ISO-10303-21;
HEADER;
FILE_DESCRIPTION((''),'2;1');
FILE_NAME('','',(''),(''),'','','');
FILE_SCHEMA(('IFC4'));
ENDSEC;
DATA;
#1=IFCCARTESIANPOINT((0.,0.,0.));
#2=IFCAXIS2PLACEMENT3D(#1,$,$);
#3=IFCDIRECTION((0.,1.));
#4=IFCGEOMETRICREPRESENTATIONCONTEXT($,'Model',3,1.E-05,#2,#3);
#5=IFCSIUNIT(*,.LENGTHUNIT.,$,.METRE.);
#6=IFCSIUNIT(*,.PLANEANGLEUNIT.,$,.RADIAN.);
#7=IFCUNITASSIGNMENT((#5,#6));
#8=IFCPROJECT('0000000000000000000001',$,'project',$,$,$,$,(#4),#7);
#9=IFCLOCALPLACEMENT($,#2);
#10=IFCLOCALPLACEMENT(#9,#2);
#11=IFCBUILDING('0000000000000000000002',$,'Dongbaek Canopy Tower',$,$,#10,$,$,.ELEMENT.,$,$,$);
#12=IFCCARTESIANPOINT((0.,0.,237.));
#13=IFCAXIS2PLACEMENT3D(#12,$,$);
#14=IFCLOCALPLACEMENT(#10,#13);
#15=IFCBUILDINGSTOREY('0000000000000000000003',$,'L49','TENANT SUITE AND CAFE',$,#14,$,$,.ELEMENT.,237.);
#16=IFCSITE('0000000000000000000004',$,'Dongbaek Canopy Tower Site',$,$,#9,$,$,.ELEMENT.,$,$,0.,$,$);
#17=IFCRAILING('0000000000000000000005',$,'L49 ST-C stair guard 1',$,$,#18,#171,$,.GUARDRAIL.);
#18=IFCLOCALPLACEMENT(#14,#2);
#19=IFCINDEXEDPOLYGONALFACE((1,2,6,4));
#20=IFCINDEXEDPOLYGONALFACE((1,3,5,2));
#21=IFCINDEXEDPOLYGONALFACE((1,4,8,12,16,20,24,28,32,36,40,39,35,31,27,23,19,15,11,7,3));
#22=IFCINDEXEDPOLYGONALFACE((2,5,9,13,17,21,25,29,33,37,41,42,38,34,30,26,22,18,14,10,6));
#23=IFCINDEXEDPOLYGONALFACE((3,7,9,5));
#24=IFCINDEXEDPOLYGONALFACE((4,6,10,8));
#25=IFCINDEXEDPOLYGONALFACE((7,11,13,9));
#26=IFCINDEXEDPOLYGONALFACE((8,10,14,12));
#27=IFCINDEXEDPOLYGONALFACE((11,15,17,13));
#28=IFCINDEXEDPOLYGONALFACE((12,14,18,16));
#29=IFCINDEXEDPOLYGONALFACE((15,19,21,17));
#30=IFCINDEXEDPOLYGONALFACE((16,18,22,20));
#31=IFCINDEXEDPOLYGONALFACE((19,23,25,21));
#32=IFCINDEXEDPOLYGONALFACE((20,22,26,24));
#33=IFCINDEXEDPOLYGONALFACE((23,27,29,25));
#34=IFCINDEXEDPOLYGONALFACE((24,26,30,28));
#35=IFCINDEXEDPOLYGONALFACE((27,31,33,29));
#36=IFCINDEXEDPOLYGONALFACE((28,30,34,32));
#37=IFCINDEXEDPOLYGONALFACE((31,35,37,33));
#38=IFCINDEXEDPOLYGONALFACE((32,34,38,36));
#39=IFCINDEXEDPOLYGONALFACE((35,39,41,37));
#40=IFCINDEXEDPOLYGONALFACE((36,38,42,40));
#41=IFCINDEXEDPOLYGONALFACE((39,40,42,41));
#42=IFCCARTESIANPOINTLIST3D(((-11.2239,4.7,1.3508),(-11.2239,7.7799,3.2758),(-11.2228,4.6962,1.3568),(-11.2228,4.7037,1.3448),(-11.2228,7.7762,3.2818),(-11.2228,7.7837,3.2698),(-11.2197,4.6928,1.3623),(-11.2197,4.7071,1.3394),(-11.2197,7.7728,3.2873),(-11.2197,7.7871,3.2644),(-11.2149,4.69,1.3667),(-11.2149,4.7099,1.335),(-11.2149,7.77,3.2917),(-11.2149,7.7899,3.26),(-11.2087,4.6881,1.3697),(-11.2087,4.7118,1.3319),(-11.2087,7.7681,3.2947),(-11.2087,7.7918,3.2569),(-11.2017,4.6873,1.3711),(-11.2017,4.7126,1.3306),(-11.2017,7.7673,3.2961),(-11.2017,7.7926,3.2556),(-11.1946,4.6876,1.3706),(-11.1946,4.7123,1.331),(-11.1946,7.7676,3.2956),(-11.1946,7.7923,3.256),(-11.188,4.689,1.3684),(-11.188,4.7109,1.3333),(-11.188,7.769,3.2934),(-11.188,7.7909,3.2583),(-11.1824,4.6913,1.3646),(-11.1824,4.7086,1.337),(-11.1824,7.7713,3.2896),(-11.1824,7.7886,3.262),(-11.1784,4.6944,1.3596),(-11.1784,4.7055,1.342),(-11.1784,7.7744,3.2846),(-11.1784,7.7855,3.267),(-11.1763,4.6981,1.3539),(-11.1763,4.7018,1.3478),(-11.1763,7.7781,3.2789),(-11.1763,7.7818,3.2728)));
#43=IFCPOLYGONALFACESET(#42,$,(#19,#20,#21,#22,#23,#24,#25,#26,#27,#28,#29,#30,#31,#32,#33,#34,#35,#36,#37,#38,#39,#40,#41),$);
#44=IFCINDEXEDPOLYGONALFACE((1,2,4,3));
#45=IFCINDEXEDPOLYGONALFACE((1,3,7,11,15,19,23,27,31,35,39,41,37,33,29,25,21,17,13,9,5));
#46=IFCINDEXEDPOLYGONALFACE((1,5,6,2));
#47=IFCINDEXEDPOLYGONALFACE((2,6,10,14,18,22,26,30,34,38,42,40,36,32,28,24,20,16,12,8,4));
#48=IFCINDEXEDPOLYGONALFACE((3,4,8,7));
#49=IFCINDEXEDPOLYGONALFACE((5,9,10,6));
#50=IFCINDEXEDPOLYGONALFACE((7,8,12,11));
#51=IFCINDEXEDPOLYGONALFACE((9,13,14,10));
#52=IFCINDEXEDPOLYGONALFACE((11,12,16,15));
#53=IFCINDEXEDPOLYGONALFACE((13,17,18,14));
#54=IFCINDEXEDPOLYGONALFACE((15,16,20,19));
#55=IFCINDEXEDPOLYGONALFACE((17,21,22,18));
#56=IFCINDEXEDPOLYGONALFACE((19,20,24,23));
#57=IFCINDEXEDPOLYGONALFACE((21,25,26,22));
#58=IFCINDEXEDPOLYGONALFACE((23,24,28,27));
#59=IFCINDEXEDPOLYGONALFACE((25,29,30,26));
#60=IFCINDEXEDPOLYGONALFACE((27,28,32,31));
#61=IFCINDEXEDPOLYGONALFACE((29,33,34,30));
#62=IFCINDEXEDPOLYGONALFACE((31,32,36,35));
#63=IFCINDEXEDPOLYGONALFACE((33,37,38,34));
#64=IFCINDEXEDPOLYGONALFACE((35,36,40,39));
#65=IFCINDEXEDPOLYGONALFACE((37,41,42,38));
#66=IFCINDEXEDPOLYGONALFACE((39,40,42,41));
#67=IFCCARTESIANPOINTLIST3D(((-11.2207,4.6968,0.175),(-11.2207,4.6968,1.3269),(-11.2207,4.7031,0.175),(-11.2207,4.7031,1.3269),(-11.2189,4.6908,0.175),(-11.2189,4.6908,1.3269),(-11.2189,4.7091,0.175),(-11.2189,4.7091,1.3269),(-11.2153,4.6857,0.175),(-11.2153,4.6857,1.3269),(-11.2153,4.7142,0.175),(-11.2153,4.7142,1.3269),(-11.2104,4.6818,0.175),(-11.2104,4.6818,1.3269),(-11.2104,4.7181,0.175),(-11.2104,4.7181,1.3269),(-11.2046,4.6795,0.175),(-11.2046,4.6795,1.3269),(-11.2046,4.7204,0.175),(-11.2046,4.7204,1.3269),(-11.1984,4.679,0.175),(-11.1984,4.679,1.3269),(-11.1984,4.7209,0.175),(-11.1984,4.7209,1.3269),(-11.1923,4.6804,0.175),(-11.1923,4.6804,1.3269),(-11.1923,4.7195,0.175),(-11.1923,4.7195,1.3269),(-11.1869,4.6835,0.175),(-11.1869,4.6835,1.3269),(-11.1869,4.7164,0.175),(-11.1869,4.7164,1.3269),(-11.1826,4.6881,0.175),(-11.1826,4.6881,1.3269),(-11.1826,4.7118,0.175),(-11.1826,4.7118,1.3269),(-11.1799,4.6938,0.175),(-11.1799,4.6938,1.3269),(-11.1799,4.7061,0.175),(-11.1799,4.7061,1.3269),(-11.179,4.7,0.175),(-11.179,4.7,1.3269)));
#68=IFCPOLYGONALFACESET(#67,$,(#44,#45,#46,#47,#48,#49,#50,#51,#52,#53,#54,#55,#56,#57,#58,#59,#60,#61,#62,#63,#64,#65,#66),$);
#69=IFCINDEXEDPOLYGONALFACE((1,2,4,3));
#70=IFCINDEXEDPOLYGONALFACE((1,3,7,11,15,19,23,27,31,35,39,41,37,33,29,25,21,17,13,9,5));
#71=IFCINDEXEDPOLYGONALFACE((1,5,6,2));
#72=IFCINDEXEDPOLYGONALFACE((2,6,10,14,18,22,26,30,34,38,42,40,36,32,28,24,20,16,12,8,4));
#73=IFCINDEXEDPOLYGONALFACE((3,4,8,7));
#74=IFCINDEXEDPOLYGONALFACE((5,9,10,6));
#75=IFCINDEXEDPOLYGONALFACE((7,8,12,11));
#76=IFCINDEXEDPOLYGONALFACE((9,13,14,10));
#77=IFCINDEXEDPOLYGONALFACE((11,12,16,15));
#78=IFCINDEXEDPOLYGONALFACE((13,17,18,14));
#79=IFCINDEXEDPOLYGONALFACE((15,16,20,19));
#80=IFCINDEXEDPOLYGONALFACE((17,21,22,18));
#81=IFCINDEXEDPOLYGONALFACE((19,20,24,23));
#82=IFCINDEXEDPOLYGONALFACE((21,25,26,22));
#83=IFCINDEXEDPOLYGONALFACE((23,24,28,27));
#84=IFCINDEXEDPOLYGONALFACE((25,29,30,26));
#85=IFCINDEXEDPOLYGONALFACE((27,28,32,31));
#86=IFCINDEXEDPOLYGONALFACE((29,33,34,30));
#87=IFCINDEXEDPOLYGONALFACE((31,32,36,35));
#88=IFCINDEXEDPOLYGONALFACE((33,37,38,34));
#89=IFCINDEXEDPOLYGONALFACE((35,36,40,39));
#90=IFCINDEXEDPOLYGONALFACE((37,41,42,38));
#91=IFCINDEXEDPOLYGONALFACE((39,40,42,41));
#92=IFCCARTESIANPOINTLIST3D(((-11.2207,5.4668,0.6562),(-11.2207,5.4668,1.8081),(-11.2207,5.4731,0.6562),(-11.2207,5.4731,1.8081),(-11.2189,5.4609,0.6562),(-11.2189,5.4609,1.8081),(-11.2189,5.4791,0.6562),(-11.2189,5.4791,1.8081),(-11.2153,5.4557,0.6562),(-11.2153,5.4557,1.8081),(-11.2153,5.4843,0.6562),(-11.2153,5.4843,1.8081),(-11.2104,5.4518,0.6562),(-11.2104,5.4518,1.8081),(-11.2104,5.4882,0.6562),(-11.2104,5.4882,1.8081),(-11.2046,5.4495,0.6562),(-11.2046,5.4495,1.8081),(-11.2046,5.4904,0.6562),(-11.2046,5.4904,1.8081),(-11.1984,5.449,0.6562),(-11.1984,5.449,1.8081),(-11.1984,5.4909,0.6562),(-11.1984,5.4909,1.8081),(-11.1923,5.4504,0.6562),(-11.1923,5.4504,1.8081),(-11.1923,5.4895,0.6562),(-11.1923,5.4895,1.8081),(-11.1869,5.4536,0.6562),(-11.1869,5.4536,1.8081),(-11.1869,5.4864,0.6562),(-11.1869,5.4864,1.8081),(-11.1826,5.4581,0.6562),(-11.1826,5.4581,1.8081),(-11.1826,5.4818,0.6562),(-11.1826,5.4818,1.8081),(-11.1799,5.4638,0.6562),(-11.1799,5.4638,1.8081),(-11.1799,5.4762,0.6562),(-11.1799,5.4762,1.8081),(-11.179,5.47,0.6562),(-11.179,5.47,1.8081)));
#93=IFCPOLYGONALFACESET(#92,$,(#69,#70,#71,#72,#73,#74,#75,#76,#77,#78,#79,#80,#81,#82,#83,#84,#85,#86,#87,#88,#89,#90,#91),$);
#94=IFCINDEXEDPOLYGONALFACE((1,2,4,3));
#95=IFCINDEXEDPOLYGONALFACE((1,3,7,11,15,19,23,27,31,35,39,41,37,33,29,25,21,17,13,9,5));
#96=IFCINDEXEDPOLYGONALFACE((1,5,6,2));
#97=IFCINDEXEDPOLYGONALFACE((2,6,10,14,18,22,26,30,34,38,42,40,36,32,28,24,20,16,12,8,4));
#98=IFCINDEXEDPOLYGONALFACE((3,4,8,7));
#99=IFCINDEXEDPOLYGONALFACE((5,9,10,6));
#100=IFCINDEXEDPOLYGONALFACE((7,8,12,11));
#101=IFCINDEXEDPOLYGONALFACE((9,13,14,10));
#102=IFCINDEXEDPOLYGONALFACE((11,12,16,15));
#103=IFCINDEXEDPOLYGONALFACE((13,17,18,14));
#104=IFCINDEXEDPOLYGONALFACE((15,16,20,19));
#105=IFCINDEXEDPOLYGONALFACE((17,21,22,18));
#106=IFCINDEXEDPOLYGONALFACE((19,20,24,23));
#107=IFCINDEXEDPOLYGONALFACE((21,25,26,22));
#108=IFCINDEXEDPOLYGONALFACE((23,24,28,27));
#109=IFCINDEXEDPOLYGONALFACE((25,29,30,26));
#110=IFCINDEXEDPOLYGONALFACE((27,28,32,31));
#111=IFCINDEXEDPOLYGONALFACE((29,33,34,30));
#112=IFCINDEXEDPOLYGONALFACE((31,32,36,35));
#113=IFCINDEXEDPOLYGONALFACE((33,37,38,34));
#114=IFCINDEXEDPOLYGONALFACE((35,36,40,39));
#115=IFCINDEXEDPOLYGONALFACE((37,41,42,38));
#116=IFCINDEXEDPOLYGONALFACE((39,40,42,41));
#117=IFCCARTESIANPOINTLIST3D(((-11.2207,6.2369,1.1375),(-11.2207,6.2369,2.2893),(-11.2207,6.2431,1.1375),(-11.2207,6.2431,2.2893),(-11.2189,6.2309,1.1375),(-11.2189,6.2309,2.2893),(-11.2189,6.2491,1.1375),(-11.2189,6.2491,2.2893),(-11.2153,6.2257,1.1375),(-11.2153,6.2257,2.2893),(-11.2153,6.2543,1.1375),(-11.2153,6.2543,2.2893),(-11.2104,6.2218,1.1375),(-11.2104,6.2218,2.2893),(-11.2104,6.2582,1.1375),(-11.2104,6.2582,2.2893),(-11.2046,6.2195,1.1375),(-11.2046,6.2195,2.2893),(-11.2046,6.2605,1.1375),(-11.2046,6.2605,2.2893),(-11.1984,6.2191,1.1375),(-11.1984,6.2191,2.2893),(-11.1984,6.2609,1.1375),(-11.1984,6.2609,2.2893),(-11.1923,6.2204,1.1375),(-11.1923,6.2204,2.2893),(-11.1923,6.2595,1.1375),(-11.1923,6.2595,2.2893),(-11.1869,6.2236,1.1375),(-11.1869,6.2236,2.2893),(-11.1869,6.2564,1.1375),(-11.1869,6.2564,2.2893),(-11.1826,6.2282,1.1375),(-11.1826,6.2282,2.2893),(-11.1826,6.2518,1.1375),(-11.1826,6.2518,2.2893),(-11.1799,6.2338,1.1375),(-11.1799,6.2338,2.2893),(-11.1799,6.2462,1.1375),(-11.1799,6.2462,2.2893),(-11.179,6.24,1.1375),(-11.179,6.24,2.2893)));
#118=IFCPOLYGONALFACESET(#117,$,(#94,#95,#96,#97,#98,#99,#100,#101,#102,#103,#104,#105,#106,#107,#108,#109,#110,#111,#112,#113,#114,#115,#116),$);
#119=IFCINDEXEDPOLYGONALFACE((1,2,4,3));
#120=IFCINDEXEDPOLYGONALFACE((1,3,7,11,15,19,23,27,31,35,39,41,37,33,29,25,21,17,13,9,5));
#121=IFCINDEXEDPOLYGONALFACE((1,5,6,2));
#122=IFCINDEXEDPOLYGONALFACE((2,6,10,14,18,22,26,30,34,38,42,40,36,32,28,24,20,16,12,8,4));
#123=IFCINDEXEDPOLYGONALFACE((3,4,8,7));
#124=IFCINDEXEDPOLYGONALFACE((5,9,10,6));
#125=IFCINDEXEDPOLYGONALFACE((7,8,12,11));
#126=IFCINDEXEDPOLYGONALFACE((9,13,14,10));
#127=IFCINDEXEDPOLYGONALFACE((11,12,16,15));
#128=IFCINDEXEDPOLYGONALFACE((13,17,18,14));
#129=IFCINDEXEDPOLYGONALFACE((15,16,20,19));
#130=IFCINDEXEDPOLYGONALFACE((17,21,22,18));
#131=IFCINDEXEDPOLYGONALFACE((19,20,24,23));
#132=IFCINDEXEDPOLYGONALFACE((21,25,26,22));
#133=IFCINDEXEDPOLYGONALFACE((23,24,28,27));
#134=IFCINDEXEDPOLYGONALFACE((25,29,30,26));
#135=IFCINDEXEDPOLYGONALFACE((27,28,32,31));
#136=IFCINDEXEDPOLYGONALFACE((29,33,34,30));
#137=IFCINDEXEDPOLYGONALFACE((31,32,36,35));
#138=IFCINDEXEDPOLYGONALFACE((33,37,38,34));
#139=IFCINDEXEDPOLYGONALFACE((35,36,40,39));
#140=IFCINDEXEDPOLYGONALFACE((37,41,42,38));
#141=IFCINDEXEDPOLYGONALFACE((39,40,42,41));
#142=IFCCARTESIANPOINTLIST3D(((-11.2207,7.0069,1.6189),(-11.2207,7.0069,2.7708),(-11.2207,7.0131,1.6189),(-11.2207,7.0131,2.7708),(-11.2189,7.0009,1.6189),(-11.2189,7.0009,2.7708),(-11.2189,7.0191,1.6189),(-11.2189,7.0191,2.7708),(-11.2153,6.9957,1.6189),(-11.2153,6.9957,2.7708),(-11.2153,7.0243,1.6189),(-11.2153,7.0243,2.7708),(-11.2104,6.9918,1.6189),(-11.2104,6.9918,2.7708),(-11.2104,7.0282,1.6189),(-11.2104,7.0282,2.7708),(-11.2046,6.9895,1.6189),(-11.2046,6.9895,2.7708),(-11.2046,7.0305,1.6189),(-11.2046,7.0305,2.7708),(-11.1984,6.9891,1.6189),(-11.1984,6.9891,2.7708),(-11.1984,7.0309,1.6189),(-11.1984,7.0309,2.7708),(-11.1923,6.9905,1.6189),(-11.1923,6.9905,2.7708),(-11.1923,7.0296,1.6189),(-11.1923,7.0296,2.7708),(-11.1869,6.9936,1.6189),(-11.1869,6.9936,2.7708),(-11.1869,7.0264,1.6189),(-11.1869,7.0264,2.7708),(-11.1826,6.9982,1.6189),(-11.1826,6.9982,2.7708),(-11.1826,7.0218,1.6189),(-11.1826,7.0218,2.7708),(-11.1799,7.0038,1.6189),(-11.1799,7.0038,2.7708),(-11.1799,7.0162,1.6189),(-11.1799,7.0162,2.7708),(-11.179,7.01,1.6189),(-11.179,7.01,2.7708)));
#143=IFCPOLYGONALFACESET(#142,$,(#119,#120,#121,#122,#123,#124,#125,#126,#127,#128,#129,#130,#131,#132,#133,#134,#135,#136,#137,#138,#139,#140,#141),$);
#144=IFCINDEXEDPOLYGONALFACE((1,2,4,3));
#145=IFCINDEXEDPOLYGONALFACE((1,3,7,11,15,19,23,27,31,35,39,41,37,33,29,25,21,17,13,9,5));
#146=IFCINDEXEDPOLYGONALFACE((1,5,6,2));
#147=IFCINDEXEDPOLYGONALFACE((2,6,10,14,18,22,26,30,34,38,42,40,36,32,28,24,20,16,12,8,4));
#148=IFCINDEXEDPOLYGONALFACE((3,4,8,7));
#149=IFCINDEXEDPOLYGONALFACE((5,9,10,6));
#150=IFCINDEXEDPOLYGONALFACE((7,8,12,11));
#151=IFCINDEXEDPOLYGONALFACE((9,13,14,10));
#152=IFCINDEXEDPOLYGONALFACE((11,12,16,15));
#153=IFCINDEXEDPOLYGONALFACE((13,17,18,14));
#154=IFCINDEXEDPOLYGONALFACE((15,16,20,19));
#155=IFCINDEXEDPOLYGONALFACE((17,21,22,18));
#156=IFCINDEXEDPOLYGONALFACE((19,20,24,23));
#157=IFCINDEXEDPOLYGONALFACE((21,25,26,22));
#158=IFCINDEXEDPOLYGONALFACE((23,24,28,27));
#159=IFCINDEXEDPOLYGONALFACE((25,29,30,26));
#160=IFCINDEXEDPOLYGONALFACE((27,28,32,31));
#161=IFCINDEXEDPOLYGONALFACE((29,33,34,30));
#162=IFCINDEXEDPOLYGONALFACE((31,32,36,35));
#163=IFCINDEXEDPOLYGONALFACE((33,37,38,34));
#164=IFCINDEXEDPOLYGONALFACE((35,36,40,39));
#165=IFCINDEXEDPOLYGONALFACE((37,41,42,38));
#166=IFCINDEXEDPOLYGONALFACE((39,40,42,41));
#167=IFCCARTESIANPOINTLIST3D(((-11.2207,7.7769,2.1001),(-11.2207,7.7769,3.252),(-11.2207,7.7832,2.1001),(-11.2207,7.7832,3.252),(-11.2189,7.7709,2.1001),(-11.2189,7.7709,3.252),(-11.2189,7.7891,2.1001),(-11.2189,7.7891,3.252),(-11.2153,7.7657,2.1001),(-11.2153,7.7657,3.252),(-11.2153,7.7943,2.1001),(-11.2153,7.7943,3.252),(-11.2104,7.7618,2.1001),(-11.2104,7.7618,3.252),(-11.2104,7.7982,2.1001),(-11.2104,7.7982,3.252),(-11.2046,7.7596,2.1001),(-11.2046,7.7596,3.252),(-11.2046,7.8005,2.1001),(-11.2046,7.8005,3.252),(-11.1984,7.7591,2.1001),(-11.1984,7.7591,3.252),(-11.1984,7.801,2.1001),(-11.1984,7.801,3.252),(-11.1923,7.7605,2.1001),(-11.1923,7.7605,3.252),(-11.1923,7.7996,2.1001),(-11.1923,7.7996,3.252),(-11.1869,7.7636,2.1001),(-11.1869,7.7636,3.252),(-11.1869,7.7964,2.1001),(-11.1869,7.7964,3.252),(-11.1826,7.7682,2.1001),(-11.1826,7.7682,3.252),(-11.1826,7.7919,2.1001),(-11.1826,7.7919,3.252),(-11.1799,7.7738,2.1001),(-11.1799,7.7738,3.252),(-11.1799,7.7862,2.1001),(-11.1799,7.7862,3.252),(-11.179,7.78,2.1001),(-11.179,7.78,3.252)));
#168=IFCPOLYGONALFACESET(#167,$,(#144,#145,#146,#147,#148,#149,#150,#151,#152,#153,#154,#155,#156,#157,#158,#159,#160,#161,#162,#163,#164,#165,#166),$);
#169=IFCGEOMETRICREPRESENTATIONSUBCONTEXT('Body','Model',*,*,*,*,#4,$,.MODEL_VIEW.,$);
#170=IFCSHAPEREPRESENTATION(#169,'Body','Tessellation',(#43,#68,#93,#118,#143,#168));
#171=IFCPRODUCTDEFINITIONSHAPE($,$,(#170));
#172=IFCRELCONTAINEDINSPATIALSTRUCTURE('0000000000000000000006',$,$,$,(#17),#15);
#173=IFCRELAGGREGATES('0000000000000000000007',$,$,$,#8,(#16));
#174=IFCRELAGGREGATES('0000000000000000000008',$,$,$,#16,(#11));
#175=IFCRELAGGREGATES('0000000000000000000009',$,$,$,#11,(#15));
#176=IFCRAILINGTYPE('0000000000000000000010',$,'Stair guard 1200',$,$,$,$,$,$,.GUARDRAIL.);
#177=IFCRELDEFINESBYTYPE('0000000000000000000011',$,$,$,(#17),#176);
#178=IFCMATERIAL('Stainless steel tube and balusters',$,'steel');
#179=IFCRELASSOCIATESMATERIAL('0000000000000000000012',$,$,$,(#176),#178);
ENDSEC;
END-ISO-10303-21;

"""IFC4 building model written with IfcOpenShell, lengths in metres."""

from ifc_helpers import new_model, si_unit, direction, frame, origin, origin_2d, place, context, subcontext, project, spatial, circle, extrude, material, type_object, element, save


model = new_model("IFC4")

# Units and contexts
model_context = context("Model", 3, precision=1e-05, world=origin(), true_north=direction((0.0, 1.0)))
body_context = subcontext(model_context, "Body", "Model", "MODEL_VIEW")
ifc_project = project(units=[si_unit("LENGTHUNIT", "METRE"), si_unit("PLANEANGLEUNIT", "RADIAN")], contexts=[model_context])

# Site, building, storey
site_placement = place(None, origin())
site = spatial("IfcSite", under=ifc_project, at=site_placement, Name="Dongbaek Canopy Tower Site", CompositionType="ELEMENT", RefElevation=0.0)
building_placement = place(site_placement, origin())
building = spatial("IfcBuilding", under=site, at=building_placement, Name="Dongbaek Canopy Tower", CompositionType="ELEMENT")
storey_placement = place(building_placement, frame((0.0, 0.0, 237.0)))
storey = spatial("IfcBuildingStorey", under=building, at=storey_placement, Name="L49", Description="TENANT SUITE AND CAFE", CompositionType="ELEMENT", Elevation=237.0)

# Railing
ifc_material_1 = material(Name="Stainless steel tube and balusters", Category="steel")
railing_type_1 = type_object("IfcRailingType", Name="Stair guard 1200", PredefinedType="GUARDRAIL", material=ifc_material_1)
railing_1_placement = place(storey_placement, frame((-11.2, 4.7, 0.175)))
element("IfcRailing", 1, at=railing_1_placement, inside=storey, type_object=railing_type_1, Name="L49 ST-C stair guard 1", PredefinedType="GUARDRAIL", context=body_context, shape_type="SweptSolid", body=[
    extrude(circle(Radius=0.0239, at=origin_2d()), frame((0.0, 0.0, 1.1758), z_axis=(0.0, 0.847998, 0.529999), x_axis=(-1.0, 0.0, 0.0)), (0.0, 0.0, 1.0), 3.6321),
    extrude(circle(Radius=0.021, at=origin_2d()), origin(), (0.0, 0.0, 1.0), 1.1519),
    extrude(circle(Radius=0.021, at=origin_2d()), frame((0.0, 0.77, 0.4812)), (0.0, 0.0, 1.0), 1.1519),
    extrude(circle(Radius=0.021, at=origin_2d()), frame((0.0, 1.54, 0.9624)), (0.0, 0.0, 1.0), 1.1519),
    extrude(circle(Radius=0.021, at=origin_2d()), frame((0.0, 2.3101, 1.4438)), (0.0, 0.0, 1.0), 1.1519),
    extrude(circle(Radius=0.021, at=origin_2d()), frame((0.0, 3.0801, 1.925)), (0.0, 0.0, 1.0), 1.1519),
])

save(model, "model.ifc")
